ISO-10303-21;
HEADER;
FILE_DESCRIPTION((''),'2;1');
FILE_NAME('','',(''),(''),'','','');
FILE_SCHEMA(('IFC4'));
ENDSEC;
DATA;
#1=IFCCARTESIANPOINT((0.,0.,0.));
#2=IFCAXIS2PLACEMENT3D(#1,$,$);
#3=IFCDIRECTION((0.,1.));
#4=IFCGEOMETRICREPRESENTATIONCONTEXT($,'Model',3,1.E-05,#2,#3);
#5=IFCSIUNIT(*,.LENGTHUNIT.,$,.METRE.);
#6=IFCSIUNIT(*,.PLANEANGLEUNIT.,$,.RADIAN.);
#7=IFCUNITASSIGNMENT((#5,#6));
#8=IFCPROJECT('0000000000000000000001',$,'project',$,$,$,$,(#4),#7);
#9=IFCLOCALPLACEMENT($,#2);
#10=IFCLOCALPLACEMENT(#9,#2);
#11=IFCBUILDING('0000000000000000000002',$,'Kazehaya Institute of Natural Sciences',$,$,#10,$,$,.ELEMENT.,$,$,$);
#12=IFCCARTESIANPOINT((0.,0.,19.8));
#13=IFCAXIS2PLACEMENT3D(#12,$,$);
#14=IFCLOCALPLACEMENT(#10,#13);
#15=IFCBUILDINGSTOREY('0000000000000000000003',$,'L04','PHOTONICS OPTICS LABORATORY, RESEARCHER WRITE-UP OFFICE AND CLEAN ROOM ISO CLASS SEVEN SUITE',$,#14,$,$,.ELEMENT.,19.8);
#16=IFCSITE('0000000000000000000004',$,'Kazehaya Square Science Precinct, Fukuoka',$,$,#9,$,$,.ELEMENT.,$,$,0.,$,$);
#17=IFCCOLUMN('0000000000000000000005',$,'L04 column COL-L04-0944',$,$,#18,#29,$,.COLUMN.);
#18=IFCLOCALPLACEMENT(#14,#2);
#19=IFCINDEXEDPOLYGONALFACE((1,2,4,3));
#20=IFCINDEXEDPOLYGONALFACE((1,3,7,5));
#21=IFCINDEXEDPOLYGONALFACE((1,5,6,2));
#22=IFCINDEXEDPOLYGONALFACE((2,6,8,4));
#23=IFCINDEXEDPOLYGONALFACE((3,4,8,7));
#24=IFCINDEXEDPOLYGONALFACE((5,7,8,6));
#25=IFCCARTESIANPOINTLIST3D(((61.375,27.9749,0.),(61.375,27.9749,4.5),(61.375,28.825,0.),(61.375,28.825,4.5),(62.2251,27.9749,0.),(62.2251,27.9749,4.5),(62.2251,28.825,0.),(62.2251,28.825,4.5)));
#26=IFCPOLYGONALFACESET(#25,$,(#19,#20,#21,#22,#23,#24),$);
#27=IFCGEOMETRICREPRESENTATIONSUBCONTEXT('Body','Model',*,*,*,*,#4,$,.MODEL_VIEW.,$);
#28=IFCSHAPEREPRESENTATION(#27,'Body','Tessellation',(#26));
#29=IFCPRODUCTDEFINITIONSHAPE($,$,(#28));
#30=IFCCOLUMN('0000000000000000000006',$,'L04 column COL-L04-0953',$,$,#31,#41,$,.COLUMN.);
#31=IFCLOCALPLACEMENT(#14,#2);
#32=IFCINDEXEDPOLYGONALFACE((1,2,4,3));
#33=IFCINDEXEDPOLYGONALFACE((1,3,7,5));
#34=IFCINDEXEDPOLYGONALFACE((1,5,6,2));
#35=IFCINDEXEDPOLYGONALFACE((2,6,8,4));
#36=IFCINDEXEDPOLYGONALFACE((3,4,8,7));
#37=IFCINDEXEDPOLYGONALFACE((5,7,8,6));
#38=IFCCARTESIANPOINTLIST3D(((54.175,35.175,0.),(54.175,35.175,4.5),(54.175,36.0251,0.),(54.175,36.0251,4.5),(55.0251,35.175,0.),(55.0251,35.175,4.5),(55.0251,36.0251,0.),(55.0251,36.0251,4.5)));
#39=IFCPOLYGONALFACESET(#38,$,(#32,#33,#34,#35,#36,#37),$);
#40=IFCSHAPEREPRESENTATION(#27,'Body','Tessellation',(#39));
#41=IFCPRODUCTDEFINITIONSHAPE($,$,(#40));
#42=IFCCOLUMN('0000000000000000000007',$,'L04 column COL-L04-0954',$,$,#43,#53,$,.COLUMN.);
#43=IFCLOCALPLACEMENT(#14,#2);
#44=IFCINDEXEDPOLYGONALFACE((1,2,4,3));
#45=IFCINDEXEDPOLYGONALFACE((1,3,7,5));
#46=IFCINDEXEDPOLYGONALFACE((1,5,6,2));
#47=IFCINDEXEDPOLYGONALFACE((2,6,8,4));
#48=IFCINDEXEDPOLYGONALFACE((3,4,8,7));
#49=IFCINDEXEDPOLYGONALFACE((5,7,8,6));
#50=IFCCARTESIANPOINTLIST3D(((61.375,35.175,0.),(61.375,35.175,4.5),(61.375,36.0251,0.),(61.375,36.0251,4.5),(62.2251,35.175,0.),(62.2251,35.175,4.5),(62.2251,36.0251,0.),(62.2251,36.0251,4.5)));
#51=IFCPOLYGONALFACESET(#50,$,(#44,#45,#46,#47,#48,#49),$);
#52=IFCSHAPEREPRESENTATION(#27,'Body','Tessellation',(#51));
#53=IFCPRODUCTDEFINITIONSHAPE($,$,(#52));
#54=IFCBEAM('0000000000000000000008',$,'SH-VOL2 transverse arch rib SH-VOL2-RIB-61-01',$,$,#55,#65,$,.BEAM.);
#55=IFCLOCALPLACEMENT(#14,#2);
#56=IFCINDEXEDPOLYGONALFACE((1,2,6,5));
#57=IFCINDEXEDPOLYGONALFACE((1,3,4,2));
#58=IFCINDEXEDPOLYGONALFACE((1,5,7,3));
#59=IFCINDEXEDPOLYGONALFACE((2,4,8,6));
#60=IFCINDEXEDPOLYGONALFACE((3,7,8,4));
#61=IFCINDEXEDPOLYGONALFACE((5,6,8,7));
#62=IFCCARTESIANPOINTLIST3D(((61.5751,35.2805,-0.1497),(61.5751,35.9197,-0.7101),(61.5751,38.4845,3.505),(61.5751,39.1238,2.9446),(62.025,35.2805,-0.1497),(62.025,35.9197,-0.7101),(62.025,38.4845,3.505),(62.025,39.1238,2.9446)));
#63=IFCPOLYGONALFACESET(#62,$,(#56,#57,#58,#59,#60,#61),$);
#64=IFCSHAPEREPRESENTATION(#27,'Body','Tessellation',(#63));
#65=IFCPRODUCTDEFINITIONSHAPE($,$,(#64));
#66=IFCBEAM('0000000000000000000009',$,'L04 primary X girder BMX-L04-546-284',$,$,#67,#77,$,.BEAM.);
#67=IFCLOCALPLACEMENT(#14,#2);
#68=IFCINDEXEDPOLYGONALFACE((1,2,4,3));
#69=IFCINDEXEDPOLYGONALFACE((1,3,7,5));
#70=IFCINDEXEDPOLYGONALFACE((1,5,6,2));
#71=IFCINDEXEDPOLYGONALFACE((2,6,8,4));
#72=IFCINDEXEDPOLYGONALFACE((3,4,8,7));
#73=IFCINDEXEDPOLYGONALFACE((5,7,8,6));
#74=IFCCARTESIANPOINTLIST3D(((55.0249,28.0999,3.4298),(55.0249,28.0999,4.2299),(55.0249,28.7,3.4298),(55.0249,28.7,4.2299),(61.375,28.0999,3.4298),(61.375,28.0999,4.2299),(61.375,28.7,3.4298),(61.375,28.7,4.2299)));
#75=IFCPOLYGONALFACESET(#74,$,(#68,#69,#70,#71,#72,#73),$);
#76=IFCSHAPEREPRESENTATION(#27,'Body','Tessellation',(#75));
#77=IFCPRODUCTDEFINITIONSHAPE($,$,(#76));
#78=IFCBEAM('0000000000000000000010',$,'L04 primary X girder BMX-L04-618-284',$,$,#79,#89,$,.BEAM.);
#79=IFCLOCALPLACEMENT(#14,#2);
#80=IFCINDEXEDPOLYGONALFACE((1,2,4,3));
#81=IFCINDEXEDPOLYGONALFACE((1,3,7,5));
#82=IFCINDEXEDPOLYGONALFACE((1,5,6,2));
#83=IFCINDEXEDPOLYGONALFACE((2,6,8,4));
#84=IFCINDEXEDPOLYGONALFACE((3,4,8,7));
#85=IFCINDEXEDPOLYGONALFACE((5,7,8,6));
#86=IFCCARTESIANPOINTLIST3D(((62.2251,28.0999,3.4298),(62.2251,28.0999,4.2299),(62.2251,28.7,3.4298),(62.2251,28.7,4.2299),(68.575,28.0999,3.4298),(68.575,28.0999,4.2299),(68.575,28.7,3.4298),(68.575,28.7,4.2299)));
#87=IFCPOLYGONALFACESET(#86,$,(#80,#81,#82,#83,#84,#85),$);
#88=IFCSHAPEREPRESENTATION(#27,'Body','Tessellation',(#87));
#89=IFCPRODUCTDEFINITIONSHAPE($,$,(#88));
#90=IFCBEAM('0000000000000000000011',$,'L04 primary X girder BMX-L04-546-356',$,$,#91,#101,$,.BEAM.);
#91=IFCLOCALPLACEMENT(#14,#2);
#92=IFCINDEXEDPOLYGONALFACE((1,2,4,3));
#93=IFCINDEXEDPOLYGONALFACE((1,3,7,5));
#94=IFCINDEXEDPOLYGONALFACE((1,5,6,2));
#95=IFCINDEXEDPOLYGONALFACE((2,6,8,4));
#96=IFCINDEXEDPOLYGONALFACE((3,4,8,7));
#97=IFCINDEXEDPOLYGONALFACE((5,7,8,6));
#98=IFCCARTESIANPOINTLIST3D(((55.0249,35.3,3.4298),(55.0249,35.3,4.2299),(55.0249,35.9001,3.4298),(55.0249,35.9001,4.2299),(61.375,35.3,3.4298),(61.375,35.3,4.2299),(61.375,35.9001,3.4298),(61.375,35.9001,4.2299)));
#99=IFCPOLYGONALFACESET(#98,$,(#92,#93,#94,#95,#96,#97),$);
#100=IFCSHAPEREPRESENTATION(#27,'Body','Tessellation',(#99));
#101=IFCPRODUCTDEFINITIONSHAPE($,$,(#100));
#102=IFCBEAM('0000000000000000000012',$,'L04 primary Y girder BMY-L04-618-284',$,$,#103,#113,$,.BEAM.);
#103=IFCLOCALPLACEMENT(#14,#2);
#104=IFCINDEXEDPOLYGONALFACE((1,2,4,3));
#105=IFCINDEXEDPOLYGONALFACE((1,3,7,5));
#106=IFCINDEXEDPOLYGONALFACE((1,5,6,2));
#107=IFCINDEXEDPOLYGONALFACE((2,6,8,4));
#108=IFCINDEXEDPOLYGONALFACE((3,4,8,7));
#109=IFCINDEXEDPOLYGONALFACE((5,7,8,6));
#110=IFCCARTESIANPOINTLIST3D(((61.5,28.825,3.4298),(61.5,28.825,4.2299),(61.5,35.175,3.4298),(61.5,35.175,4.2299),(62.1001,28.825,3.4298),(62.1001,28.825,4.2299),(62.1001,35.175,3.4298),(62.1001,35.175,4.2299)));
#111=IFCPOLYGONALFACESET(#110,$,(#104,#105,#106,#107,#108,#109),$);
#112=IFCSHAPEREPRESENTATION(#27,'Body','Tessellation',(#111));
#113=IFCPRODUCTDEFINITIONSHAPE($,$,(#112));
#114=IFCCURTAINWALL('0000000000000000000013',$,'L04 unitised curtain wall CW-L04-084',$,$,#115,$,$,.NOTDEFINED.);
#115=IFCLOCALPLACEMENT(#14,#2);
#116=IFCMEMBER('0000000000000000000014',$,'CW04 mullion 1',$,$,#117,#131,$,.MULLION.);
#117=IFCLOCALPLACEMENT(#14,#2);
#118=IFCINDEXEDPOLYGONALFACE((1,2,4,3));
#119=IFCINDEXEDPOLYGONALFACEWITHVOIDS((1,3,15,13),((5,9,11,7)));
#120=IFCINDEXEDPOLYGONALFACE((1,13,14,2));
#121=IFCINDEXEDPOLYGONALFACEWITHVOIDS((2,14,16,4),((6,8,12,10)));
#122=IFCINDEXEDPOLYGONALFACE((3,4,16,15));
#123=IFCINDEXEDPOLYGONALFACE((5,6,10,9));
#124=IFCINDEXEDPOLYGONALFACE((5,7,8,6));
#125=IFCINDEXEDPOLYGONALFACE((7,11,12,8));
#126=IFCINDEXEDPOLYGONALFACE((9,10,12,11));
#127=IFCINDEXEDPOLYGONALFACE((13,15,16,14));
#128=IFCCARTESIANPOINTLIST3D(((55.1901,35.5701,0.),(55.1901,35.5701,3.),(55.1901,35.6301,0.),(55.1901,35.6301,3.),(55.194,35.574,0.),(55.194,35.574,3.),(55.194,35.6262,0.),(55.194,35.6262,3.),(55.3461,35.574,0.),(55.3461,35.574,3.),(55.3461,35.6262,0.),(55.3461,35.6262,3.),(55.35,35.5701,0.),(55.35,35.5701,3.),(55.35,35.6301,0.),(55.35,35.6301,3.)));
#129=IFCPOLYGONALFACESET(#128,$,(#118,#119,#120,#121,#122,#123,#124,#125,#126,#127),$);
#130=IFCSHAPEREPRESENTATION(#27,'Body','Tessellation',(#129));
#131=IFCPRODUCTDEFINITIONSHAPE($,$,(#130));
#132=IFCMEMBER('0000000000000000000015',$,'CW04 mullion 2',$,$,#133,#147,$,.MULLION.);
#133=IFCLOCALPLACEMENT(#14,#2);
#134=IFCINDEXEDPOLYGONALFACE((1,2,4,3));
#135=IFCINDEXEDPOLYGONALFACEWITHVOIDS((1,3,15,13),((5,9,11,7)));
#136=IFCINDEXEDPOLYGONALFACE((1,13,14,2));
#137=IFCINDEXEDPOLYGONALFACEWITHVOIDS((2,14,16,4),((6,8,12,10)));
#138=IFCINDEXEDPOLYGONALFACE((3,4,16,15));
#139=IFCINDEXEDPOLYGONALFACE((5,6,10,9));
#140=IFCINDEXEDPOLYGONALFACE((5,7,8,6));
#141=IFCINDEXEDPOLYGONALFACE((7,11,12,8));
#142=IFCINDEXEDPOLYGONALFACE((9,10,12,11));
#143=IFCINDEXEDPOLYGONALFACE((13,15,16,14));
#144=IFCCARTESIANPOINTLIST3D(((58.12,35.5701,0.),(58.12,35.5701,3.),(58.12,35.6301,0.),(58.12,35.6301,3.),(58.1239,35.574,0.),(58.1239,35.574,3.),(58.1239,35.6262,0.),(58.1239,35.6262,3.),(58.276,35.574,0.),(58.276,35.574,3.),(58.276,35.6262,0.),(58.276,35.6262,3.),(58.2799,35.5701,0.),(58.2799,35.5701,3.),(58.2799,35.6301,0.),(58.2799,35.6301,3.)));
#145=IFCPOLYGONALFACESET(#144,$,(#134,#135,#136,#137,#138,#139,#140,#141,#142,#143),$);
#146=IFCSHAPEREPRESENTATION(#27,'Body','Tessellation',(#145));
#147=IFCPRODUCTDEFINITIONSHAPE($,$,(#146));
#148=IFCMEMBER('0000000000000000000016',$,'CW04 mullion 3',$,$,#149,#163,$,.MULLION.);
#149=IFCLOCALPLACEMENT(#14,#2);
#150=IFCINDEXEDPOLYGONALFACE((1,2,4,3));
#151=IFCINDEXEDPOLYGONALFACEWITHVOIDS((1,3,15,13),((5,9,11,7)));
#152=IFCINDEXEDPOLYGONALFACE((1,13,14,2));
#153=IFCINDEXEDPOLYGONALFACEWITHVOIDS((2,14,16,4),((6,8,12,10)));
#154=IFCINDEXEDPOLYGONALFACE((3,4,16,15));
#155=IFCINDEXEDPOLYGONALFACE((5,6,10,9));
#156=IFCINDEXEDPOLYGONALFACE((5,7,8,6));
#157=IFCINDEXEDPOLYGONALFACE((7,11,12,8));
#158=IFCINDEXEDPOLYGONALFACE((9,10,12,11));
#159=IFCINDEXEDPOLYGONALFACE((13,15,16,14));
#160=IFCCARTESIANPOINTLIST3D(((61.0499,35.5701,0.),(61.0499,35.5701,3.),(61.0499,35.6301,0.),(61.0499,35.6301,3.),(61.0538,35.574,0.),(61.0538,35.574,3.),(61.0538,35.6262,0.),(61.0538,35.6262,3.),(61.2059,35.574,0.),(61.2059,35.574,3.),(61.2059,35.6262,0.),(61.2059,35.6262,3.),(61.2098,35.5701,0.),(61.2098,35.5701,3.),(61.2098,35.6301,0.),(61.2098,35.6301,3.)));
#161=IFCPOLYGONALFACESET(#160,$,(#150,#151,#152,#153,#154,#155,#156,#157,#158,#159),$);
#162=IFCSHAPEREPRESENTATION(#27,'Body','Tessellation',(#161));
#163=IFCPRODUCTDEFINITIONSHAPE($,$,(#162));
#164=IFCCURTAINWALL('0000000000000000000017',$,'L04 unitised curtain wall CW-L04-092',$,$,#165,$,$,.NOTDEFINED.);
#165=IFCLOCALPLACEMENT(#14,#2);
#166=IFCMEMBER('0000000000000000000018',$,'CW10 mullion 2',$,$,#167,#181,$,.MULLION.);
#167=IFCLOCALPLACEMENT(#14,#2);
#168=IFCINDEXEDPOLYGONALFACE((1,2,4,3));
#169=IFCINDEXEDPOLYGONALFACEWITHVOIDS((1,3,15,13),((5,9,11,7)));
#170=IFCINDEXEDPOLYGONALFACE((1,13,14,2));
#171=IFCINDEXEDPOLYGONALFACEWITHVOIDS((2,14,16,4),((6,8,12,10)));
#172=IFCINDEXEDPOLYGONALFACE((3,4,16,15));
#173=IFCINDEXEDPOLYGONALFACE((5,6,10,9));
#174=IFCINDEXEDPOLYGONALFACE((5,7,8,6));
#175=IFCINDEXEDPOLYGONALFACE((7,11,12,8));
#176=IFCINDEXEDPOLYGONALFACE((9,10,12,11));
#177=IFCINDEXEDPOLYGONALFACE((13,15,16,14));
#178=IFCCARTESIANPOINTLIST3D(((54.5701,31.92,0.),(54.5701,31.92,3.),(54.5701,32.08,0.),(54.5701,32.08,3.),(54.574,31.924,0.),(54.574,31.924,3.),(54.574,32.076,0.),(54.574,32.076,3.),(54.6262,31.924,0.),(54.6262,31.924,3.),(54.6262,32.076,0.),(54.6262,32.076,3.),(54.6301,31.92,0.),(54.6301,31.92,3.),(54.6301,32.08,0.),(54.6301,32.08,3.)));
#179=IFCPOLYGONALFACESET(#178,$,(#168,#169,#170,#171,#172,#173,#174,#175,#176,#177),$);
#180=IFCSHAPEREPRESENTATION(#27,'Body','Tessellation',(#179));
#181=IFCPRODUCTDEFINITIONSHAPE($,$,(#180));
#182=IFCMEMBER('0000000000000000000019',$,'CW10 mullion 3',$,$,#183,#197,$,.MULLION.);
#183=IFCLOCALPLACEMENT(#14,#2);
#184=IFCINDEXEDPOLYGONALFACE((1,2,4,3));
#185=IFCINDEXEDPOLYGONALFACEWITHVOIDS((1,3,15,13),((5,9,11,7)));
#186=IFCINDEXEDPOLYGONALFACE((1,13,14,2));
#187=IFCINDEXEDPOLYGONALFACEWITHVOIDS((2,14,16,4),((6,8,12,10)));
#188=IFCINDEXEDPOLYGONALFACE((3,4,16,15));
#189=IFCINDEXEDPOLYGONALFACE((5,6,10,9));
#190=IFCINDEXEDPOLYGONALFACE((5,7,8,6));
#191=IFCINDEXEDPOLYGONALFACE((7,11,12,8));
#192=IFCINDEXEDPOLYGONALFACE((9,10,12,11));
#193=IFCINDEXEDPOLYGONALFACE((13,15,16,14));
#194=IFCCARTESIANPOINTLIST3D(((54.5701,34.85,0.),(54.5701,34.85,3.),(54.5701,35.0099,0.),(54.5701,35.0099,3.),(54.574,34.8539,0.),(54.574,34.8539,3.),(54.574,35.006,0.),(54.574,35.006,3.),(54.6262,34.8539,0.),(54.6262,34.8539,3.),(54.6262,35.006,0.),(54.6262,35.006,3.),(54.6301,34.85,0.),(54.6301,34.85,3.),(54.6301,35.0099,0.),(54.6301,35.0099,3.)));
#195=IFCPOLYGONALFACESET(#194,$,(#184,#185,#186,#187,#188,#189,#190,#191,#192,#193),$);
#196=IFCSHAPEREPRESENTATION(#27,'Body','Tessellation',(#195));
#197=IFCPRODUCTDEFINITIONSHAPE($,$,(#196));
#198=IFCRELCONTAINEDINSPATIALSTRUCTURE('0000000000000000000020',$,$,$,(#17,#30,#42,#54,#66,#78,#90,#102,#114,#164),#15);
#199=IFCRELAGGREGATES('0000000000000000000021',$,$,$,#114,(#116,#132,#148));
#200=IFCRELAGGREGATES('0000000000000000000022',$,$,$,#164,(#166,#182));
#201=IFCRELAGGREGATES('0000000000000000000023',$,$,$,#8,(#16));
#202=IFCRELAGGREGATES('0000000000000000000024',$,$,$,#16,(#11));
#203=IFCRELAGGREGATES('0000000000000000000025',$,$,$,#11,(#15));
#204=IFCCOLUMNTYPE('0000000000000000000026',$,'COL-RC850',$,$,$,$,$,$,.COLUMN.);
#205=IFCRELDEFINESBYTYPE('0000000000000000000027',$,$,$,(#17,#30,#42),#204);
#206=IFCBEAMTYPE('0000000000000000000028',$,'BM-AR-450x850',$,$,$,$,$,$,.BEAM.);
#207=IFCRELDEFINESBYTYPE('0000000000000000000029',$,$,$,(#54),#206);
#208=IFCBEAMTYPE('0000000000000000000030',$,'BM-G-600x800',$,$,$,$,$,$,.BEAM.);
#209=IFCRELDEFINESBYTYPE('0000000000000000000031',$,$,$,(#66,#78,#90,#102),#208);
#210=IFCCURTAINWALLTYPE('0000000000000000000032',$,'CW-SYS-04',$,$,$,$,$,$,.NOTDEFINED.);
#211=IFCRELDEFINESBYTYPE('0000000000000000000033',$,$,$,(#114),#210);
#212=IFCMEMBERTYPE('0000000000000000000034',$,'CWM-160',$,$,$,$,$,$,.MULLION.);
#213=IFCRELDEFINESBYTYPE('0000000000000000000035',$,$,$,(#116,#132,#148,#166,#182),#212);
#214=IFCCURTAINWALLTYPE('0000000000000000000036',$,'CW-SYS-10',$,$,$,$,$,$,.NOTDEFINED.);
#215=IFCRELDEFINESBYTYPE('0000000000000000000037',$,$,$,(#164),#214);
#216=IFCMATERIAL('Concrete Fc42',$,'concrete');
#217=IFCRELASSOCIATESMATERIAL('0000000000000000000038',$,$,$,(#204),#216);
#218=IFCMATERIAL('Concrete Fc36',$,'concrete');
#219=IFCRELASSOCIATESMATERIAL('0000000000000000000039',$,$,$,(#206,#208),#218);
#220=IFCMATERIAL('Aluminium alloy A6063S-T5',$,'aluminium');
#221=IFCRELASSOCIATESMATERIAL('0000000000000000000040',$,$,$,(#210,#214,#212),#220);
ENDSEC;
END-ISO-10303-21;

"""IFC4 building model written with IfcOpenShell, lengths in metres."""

from ifc_helpers import new_model, si_unit, direction, frame, origin, origin_2d, place, context, subcontext, project, spatial, rectangle, hollow_rectangle, extrude, material, material_profile, profile_set, type_object, element, aggregate, save


model = new_model("IFC4")

# Units and contexts
model_context = context("Model", 3, precision=1e-05, world=origin(), true_north=direction((0.0, 1.0)))
body_context = subcontext(model_context, "Body", "Model", "MODEL_VIEW")
ifc_project = project(units=[si_unit("LENGTHUNIT", "METRE"), si_unit("PLANEANGLEUNIT", "RADIAN")], contexts=[model_context])

# Site, building, storey
site_placement = place(None, origin())
site = spatial("IfcSite", under=ifc_project, at=site_placement, Name="Kazehaya Square Science Precinct, Fukuoka", CompositionType="ELEMENT", RefElevation=0.0)
building_placement = place(site_placement, origin())
building = spatial("IfcBuilding", under=site, at=building_placement, Name="Kazehaya Institute of Natural Sciences", CompositionType="ELEMENT")
storey_placement = place(building_placement, frame((0.0, 0.0, 19.8)))
storey = spatial("IfcBuildingStorey", under=building, at=storey_placement, Name="L04", Description="PHOTONICS OPTICS LABORATORY, RESEARCHER WRITE-UP OFFICE AND CLEAN ROOM ISO CLASS SEVEN SUITE", CompositionType="ELEMENT", Elevation=19.8)

# Columns
ifc_material_1 = material(Name="Concrete Fc42", Category="concrete")
ifc_material_profile_1 = material_profile(ifc_material_1, rectangle(XDim=0.8501, YDim=0.8501, at=origin_2d()), Name="RC-850x850")
ifc_profile_set_1 = profile_set([ifc_material_profile_1], Name="Concrete Fc42")
column_type = type_object("IfcColumnType", Name="COL-RC850", PredefinedType="COLUMN", material=ifc_profile_set_1)
for number, where, z_axis, x_axis, name in (
    (1, (61.8, 28.3999, 0.0), (0.0, 0.0, 1.0), (1.0, 0.0, 0.0), "L04 column COL-L04-0944"),
    (2, (54.6001, 35.6001, 0.0), (0.0, 0.0, 1.0), (1.0, 0.0, 0.0), "L04 column COL-L04-0953"),
    (3, (61.8, 35.6001, 0.0), (0.0, 0.0, 1.0), (1.0, 0.0, 0.0), "L04 column COL-L04-0954"),
):
    element("IfcColumn", number, at=place(storey_placement, frame(where, z_axis=z_axis, x_axis=x_axis)), inside=storey, type_object=column_type, Name=name, PredefinedType="COLUMN", context=body_context, shape_type="SweptSolid", body=[
        extrude(rectangle(XDim=0.8501, YDim=0.8501, at=origin_2d()), origin(), (0.0, 0.0, 1.0), 4.5),
    ])

# Beams
ifc_material_2 = material(Name="Concrete Fc36", Category="concrete")
ifc_material_profile_2 = material_profile(ifc_material_2, rectangle(XDim=0.45, YDim=0.8501, at=origin_2d()), Name="RC-450x850")
ifc_profile_set_2 = profile_set([ifc_material_profile_2], Name="Concrete Fc36")
beam_type_1 = type_object("IfcBeamType", Name="BM-AR-450x850", PredefinedType="BEAM", material=ifc_profile_set_2)
beam_1_placement = place(storey_placement, frame((61.8, 35.6001, -0.4299), z_axis=(0.0, 0.659223, 0.751948), x_axis=(-1.0, 0.0, 0.0)))
element("IfcBeam", 4, at=beam_1_placement, inside=storey, type_object=beam_type_1, Name="SH-VOL2 transverse arch rib SH-VOL2-RIB-61-01", PredefinedType="BEAM", context=body_context, shape_type="SweptSolid", body=[
    extrude(rectangle(XDim=0.45, YDim=0.8501, at=origin_2d()), origin(), (0.0, 0.0, 1.0), 4.8604),
])
ifc_material_profile_3 = material_profile(ifc_material_2, rectangle(XDim=0.6001, YDim=0.8, at=origin_2d()), Name="RC-600x800")
ifc_profile_set_3 = profile_set([ifc_material_profile_3], Name="Concrete Fc36")
beam_type_2 = type_object("IfcBeamType", Name="BM-G-600x800", PredefinedType="BEAM", material=ifc_profile_set_3)
beam_2_placement = place(storey_placement, frame((55.0249, 28.3999, 3.8298), z_axis=(1.0, 0.0, 0.0), x_axis=(0.0, 1.0, 0.0)))
element("IfcBeam", 5, at=beam_2_placement, inside=storey, type_object=beam_type_2, Name="L04 primary X girder BMX-L04-546-284", PredefinedType="BEAM", context=body_context, shape_type="SweptSolid", body=[
    extrude(rectangle(XDim=0.6001, YDim=0.8, at=origin_2d()), origin(), (0.0, 0.0, 1.0), 6.3501),
])
beam_3_placement = place(storey_placement, frame((62.2251, 28.3999, 3.8298), z_axis=(1.0, 0.0, 0.0), x_axis=(0.0, 1.0, 0.0)))
element("IfcBeam", 6, at=beam_3_placement, inside=storey, type_object=beam_type_2, Name="L04 primary X girder BMX-L04-618-284", PredefinedType="BEAM", context=body_context, shape_type="SweptSolid", body=[
    extrude(rectangle(XDim=0.6001, YDim=0.8, at=origin_2d()), origin(), (0.0, 0.0, 1.0), 6.3499),
])
for number, where, z_axis, x_axis, name in (
    (7, (55.0249, 35.6001, 3.8298), (1.0, 0.0, 0.0), (0.0, 1.0, 0.0), "L04 primary X girder BMX-L04-546-356"),
    (8, (61.8, 28.825, 3.8298), (0.0, 1.0, 0.0), (-1.0, 0.0, 0.0), "L04 primary Y girder BMY-L04-618-284"),
):
    element("IfcBeam", number, at=place(storey_placement, frame(where, z_axis=z_axis, x_axis=x_axis)), inside=storey, type_object=beam_type_2, Name=name, PredefinedType="BEAM", context=body_context, shape_type="SweptSolid", body=[
        extrude(rectangle(XDim=0.6001, YDim=0.8, at=origin_2d()), origin(), (0.0, 0.0, 1.0), 6.3501),
    ])

# Curtain walls, members
ifc_material_3 = material(Name="Aluminium alloy A6063S-T5", Category="aluminium")
curtain_wall_type_1 = type_object("IfcCurtainWallType", Name="CW-SYS-04", PredefinedType="NOTDEFINED", material=ifc_material_3)
curtain_wall_1_placement = place(storey_placement, origin())
curtain_wall_1 = element("IfcCurtainWall", 9, at=curtain_wall_1_placement, inside=storey, type_object=curtain_wall_type_1, Name="L04 unitised curtain wall CW-L04-084", PredefinedType="NOTDEFINED")
ifc_material_profile_4 = material_profile(ifc_material_3, hollow_rectangle(XDim=0.0601, YDim=0.1599, WallThickness=0.0039, at=origin_2d()), Name="ALU-60x160x4")
ifc_profile_set_4 = profile_set([ifc_material_profile_4], Name="Aluminium alloy A6063S-T5")
member_type_1 = type_object("IfcMemberType", Name="CWM-160", PredefinedType="MULLION", material=ifc_profile_set_4)
member_1_placement = place(storey_placement, frame((55.27, 35.6001, 0.0), z_axis=(0.0, 0.0, 1.0), x_axis=(0.0, 1.0, 0.0)))
member_1 = element("IfcMember", 10, at=member_1_placement, type_object=member_type_1, Name="CW04 mullion 1", PredefinedType="MULLION", context=body_context, shape_type="SweptSolid", body=[
    extrude(hollow_rectangle(XDim=0.0601, YDim=0.1599, WallThickness=0.0039, at=origin_2d()), origin(), (0.0, 0.0, 1.0), 3.0),
])
member_2_placement = place(storey_placement, frame((58.2, 35.6001, 0.0), z_axis=(0.0, 0.0, 1.0), x_axis=(0.0, 1.0, 0.0)))
member_2 = element("IfcMember", 11, at=member_2_placement, type_object=member_type_1, Name="CW04 mullion 2", PredefinedType="MULLION", context=body_context, shape_type="SweptSolid", body=[
    extrude(hollow_rectangle(XDim=0.0601, YDim=0.1599, WallThickness=0.0039, at=origin_2d()), origin(), (0.0, 0.0, 1.0), 3.0),
])
member_3_placement = place(storey_placement, frame((61.1299, 35.6001, 0.0), z_axis=(0.0, 0.0, 1.0), x_axis=(0.0, 1.0, 0.0)))
member_3 = element("IfcMember", 12, at=member_3_placement, type_object=member_type_1, Name="CW04 mullion 3", PredefinedType="MULLION", context=body_context, shape_type="SweptSolid", body=[
    extrude(hollow_rectangle(XDim=0.0601, YDim=0.1599, WallThickness=0.0039, at=origin_2d()), origin(), (0.0, 0.0, 1.0), 3.0),
])
curtain_wall_type_2 = type_object("IfcCurtainWallType", Name="CW-SYS-10", PredefinedType="NOTDEFINED", material=ifc_material_3)
curtain_wall_2_placement = place(storey_placement, origin())
curtain_wall_2 = element("IfcCurtainWall", 13, at=curtain_wall_2_placement, inside=storey, type_object=curtain_wall_type_2, Name="L04 unitised curtain wall CW-L04-092", PredefinedType="NOTDEFINED")
member_4_placement = place(storey_placement, frame((54.6001, 32.0, 0.0), z_axis=(0.0, 0.0, 1.0), x_axis=(-1.0, 0.0, 0.0)))
member_4 = element("IfcMember", 14, at=member_4_placement, type_object=member_type_1, Name="CW10 mullion 2", PredefinedType="MULLION", context=body_context, shape_type="SweptSolid", body=[
    extrude(hollow_rectangle(XDim=0.0601, YDim=0.1599, WallThickness=0.0039, at=origin_2d()), origin(), (0.0, 0.0, 1.0), 3.0),
])
member_5_placement = place(storey_placement, frame((54.6001, 34.9299, 0.0), z_axis=(0.0, 0.0, 1.0), x_axis=(-1.0, 0.0, 0.0)))
member_5 = element("IfcMember", 15, at=member_5_placement, type_object=member_type_1, Name="CW10 mullion 3", PredefinedType="MULLION", context=body_context, shape_type="SweptSolid", body=[
    extrude(hollow_rectangle(XDim=0.0601, YDim=0.1599, WallThickness=0.0039, at=origin_2d()), origin(), (0.0, 0.0, 1.0), 3.0),
])

aggregate(curtain_wall_1, [member_1, member_2, member_3])
aggregate(curtain_wall_2, [member_4, member_5])

save(model, "model.ifc")
